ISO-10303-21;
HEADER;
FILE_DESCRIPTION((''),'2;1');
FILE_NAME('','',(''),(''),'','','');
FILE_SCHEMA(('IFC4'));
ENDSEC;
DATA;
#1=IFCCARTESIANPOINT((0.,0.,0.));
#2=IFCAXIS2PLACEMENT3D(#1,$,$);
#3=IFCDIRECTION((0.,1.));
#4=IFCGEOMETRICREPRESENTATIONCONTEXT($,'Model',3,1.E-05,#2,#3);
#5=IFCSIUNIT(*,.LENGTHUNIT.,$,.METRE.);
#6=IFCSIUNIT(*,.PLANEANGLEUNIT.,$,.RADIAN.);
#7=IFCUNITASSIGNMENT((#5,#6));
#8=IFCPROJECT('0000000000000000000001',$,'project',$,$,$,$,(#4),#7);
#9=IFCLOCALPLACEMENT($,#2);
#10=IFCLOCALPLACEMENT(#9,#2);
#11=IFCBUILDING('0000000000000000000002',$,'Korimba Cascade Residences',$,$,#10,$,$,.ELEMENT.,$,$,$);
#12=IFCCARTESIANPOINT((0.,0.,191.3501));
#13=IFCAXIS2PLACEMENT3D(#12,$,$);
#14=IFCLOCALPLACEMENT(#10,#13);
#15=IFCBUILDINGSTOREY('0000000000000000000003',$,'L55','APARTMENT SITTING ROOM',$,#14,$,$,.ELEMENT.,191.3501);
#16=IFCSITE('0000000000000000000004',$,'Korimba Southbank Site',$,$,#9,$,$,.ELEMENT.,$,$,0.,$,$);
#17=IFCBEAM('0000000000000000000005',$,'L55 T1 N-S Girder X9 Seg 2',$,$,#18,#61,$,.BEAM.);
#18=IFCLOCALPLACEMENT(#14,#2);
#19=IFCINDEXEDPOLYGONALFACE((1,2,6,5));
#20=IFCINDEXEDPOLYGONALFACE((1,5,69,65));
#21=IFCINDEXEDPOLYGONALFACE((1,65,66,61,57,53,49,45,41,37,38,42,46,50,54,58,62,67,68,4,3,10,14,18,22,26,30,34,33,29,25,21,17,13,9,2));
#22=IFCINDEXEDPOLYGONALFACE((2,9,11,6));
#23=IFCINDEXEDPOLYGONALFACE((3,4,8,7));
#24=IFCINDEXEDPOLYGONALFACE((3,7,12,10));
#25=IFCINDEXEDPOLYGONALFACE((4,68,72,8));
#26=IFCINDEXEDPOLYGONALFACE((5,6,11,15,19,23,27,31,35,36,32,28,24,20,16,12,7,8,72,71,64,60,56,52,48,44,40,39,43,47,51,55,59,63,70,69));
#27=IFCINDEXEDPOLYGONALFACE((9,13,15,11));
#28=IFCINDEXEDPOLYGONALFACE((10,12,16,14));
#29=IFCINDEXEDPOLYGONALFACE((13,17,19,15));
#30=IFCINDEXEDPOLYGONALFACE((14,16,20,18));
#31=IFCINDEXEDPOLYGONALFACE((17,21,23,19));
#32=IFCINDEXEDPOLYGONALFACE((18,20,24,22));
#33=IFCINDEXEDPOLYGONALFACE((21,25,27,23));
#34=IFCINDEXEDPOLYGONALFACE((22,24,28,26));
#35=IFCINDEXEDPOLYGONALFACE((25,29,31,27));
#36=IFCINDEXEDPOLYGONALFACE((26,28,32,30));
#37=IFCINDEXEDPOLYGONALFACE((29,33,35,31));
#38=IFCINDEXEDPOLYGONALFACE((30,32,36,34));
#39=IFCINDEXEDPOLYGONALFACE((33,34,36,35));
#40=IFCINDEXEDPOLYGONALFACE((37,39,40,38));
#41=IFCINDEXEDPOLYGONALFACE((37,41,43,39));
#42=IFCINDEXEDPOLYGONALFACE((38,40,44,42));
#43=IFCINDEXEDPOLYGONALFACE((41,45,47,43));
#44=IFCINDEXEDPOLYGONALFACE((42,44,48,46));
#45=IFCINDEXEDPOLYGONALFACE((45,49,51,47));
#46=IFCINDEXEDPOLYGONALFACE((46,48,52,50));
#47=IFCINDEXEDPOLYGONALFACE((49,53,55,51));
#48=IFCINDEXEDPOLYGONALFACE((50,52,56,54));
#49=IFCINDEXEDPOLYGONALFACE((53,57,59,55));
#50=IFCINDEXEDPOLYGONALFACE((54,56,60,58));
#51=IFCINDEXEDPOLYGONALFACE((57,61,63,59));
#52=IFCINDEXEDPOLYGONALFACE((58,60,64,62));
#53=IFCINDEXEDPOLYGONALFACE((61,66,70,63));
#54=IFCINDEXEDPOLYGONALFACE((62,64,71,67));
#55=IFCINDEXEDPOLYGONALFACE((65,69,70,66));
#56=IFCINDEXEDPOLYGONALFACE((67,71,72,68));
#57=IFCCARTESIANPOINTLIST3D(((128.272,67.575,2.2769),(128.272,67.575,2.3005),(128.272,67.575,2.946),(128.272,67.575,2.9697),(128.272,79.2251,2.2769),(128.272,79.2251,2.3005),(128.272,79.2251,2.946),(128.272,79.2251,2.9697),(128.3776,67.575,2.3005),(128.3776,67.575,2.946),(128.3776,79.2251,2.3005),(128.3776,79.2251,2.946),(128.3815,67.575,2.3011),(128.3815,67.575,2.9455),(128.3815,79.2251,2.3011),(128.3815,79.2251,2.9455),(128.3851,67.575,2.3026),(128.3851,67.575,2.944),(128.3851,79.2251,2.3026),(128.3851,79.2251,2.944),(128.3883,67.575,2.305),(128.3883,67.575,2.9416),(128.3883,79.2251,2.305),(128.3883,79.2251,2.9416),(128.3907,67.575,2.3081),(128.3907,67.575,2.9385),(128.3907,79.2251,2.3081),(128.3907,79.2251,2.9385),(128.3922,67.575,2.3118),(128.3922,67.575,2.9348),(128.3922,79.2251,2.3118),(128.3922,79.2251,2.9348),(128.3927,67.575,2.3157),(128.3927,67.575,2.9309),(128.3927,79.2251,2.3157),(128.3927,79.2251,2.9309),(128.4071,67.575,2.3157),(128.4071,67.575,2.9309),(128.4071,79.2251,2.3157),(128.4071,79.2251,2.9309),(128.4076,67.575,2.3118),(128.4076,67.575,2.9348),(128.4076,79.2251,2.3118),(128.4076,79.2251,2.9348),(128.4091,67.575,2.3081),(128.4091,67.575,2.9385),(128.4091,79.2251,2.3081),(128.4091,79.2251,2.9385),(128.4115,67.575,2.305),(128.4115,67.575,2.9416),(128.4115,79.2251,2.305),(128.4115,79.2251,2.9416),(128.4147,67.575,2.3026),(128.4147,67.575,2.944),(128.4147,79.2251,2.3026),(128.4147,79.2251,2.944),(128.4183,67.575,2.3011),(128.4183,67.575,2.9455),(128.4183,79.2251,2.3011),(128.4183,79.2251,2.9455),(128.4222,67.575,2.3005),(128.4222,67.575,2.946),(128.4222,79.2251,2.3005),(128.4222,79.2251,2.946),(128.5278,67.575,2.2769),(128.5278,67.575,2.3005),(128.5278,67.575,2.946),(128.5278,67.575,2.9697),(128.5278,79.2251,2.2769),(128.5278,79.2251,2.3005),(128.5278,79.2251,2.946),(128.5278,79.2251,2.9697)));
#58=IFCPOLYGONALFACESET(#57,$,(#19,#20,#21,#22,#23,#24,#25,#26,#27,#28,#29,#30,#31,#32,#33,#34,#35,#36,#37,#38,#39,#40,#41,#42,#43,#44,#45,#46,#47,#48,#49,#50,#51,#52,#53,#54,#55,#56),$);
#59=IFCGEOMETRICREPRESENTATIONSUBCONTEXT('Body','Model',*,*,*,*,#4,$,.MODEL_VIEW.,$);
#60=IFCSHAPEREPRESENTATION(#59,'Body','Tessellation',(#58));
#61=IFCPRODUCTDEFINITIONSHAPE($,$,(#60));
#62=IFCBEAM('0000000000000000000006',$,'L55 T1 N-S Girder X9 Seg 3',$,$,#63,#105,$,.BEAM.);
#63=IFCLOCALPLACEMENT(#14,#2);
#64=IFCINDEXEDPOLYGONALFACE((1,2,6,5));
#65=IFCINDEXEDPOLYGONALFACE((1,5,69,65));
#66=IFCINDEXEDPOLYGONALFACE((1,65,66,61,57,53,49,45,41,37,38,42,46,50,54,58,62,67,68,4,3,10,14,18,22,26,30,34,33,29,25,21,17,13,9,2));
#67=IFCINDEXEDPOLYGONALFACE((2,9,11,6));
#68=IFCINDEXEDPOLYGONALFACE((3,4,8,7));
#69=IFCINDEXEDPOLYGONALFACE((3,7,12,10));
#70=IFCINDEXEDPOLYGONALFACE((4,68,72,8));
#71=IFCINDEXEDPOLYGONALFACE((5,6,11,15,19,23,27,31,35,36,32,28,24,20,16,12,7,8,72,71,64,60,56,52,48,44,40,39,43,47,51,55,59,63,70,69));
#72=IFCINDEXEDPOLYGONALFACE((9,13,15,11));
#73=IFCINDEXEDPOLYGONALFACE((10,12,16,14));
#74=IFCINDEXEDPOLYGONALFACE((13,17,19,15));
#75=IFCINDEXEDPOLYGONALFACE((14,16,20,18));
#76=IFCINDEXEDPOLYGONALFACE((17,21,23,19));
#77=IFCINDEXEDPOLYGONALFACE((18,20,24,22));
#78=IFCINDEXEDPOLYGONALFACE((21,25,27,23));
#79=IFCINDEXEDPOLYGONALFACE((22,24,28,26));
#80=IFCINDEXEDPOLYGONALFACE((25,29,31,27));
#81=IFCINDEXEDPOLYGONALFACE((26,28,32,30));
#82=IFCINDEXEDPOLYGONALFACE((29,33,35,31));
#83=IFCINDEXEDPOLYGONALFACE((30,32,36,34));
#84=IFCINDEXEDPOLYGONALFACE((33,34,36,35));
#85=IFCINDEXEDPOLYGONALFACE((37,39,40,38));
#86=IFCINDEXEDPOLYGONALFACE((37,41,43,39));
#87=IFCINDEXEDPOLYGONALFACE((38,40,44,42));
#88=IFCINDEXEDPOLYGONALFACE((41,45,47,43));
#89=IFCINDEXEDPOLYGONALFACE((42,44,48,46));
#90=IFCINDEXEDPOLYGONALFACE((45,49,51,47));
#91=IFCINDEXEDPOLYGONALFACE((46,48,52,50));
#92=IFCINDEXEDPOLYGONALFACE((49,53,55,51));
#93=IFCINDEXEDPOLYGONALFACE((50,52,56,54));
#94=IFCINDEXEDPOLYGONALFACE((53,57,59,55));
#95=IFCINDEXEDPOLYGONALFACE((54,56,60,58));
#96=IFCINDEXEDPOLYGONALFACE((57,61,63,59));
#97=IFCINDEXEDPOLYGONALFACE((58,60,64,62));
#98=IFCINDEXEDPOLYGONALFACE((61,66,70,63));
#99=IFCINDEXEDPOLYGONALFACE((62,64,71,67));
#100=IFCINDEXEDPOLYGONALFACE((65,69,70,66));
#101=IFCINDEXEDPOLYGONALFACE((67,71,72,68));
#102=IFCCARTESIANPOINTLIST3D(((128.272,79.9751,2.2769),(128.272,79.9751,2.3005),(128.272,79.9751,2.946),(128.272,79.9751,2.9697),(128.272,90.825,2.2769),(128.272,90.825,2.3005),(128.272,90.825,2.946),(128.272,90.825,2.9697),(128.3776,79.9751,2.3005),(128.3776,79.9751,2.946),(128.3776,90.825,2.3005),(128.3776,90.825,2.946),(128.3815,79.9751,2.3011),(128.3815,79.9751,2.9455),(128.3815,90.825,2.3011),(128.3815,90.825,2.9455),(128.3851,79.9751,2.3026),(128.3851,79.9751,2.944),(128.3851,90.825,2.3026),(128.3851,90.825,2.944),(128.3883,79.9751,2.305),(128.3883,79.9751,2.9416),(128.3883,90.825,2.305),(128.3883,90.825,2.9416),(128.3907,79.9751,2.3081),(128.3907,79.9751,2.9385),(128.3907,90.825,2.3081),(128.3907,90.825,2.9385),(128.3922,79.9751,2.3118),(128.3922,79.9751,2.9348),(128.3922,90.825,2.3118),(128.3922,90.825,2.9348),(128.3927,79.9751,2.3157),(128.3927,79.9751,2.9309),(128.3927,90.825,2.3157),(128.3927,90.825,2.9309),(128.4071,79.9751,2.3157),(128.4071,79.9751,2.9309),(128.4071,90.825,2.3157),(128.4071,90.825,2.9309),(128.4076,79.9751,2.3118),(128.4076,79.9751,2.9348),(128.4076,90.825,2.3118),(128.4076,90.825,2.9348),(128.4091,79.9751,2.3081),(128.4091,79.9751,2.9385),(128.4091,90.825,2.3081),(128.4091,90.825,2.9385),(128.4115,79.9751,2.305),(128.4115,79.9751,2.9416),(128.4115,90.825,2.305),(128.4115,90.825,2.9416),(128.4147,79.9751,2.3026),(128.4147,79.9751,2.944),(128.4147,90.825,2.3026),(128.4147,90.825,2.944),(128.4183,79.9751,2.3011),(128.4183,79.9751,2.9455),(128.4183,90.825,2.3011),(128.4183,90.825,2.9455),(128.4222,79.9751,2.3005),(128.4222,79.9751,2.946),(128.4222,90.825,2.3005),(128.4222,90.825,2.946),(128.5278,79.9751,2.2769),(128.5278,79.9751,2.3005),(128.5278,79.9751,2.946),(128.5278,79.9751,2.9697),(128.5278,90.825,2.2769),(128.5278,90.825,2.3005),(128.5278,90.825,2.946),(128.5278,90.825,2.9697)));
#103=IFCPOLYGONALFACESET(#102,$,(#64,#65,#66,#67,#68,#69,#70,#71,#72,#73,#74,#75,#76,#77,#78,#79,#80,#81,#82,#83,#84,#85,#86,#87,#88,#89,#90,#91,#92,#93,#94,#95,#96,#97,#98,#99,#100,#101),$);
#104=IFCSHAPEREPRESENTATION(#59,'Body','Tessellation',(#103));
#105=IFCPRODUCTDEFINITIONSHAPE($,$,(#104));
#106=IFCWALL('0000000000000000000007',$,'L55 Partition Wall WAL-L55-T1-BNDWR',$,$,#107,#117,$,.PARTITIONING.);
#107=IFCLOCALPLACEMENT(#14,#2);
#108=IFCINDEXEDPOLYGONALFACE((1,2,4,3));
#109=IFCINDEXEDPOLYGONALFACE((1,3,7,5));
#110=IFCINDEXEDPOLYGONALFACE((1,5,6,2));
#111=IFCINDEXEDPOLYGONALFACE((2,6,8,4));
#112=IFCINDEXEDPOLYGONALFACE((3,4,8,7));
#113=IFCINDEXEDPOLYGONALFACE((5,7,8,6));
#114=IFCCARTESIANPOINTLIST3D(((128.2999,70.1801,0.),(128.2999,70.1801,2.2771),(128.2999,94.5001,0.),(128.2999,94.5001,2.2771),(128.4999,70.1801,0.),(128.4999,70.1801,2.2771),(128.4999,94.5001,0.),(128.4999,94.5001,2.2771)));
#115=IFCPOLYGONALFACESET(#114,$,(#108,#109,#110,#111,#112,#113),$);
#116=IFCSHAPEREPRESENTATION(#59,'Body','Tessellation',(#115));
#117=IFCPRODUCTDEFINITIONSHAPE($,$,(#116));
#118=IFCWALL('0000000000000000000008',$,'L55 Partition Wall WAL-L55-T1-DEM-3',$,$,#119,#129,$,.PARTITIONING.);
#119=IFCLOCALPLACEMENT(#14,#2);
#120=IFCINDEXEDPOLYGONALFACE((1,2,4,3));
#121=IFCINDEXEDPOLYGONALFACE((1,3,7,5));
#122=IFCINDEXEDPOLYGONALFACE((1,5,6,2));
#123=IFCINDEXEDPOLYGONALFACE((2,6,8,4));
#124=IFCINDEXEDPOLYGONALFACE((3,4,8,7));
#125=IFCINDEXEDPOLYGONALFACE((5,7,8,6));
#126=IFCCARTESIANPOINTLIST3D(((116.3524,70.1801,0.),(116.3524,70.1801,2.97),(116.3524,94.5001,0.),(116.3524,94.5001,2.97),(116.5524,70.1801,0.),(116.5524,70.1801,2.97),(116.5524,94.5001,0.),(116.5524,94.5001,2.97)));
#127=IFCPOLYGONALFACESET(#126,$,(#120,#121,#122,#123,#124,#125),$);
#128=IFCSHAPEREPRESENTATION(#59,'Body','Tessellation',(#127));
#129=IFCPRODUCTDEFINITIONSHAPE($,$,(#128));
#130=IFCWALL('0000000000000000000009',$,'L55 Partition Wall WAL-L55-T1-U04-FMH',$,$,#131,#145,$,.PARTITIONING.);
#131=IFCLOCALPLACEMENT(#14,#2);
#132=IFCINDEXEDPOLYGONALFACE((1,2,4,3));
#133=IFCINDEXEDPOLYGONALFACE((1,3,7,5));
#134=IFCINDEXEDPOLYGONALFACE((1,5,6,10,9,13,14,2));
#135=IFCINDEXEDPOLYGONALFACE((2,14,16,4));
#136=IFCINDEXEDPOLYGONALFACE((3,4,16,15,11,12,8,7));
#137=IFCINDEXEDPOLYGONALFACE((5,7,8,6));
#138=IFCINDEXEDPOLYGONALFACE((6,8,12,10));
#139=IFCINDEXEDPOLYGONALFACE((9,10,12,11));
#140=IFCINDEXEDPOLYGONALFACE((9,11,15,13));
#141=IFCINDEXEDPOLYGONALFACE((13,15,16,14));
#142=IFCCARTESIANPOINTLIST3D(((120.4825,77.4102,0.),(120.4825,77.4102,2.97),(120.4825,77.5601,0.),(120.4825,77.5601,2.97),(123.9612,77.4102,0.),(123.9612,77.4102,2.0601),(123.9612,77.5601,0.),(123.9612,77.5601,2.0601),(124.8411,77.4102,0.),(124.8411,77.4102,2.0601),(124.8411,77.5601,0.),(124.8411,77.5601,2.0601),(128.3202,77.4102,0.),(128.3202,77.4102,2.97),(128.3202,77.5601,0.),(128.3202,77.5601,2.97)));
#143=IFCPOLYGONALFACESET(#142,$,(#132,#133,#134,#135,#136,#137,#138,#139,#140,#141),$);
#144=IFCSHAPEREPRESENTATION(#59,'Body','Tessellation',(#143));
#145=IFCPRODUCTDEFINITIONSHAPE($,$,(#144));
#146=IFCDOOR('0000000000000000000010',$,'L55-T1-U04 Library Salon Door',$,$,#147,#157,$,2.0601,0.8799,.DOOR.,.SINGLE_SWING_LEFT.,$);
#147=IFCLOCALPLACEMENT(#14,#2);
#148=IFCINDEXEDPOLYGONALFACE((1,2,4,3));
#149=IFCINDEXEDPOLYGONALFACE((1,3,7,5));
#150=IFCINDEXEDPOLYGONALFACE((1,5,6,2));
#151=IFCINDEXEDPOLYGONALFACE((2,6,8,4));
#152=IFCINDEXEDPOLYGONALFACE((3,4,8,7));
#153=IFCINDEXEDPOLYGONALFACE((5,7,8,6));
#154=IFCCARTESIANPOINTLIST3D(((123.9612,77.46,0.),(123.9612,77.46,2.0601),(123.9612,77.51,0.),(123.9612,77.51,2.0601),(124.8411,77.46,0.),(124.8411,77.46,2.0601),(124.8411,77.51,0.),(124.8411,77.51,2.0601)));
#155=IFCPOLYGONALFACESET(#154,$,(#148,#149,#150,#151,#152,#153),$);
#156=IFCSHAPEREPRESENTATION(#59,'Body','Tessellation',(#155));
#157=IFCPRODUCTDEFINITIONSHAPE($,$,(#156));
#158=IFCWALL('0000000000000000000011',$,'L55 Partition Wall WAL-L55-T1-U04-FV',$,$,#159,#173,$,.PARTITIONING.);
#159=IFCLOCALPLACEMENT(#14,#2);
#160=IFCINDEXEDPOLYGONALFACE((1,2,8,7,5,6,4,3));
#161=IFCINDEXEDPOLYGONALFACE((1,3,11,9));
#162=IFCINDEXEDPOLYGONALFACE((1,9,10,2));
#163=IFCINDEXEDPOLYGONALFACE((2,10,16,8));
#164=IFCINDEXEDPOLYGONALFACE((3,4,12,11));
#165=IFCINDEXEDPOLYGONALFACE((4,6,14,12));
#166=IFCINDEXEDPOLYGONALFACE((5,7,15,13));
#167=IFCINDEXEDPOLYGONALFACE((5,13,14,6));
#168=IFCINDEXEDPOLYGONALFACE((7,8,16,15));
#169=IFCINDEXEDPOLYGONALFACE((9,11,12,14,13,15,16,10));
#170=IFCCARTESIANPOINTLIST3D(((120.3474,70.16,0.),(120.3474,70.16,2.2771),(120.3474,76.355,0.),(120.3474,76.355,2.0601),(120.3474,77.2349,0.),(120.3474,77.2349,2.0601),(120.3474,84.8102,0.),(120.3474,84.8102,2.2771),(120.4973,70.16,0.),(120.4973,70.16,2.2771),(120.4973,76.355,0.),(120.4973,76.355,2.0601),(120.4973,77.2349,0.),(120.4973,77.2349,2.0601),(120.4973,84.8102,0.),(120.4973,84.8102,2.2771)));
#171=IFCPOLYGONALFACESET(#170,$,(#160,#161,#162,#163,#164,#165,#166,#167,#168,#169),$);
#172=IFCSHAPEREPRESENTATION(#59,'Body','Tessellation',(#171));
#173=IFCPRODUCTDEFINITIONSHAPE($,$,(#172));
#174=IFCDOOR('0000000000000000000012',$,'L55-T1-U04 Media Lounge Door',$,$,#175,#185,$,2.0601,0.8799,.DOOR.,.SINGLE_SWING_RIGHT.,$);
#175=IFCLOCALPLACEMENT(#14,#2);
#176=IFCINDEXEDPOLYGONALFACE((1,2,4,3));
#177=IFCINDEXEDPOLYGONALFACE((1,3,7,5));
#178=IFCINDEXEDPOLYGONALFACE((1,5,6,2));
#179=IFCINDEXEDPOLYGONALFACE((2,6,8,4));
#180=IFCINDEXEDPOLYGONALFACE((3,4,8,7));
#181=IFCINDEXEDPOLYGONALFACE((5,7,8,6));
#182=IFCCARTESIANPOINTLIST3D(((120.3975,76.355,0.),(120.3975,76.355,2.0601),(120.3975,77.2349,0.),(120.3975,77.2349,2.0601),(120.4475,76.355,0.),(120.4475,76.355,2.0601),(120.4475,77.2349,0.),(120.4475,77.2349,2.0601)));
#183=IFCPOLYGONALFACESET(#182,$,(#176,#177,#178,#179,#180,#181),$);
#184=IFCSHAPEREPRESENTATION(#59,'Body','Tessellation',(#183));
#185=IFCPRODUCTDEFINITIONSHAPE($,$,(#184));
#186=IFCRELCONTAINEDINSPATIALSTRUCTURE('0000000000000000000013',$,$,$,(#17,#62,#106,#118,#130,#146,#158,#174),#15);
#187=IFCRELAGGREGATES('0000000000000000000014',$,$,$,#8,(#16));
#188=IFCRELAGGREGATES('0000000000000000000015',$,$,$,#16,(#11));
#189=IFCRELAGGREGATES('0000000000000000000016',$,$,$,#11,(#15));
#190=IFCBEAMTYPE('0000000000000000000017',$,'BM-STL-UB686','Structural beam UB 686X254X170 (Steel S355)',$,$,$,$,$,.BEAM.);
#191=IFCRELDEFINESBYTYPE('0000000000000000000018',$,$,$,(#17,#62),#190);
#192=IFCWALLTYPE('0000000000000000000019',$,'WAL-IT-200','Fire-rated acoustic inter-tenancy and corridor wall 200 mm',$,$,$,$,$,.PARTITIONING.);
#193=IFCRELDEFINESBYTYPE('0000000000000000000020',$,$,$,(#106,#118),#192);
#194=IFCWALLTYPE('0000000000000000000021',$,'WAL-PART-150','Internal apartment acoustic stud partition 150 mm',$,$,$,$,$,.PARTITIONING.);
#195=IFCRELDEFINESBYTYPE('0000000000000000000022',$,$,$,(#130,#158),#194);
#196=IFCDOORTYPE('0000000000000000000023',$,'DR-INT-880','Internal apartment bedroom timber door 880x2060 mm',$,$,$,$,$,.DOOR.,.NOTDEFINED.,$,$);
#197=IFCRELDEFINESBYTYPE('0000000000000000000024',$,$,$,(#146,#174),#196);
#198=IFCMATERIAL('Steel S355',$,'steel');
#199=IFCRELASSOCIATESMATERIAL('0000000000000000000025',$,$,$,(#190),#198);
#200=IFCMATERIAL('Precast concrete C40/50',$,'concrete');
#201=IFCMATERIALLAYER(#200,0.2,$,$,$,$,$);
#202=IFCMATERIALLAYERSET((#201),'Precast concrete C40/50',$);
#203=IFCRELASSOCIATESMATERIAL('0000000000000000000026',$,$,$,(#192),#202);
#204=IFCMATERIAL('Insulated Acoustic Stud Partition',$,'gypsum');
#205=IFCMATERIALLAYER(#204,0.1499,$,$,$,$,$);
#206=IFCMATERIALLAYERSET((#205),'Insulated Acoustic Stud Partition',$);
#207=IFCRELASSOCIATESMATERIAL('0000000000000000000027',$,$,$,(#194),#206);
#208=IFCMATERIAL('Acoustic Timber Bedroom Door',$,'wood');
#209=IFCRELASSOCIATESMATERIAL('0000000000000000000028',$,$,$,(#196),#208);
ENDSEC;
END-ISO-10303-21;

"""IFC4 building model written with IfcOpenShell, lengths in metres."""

from ifc_helpers import new_model, si_unit, direction, frame, frame_2d, origin, origin_2d, place, context, subcontext, project, spatial, rectangle, i_section, extrude, material, layer, layer_set, material_profile, profile_set, type_object, element, fill, save


model = new_model("IFC4")

# Units and contexts
model_context = context("Model", 3, precision=1e-05, world=origin(), true_north=direction((0.0, 1.0)))
body_context = subcontext(model_context, "Body", "Model", "MODEL_VIEW")
ifc_project = project(units=[si_unit("LENGTHUNIT", "METRE"), si_unit("PLANEANGLEUNIT", "RADIAN")], contexts=[model_context])

# Site, building, storey
site_placement = place(None, origin())
site = spatial("IfcSite", under=ifc_project, at=site_placement, Name="Korimba Southbank Site", CompositionType="ELEMENT", RefElevation=0.0)
building_placement = place(site_placement, origin())
building = spatial("IfcBuilding", under=site, at=building_placement, Name="Korimba Cascade Residences", CompositionType="ELEMENT")
storey_placement = place(building_placement, frame((0.0, 0.0, 191.3501)))
storey = spatial("IfcBuildingStorey", under=building, at=storey_placement, Name="L55", Description="APARTMENT SITTING ROOM", CompositionType="ELEMENT", Elevation=191.3501)

# Beams
ifc_material_1 = material(Name="Steel S355", Category="steel")
ifc_material_profile_1 = material_profile(ifc_material_1, i_section(OverallWidth=0.2559, OverallDepth=0.6929, WebThickness=0.0144, FlangeThickness=0.0237, FilletRadius=0.0151, at=origin_2d()), Name="Steel S355")
ifc_profile_set_1 = profile_set([ifc_material_profile_1], Name="Steel S355")
beam_type_1 = type_object("IfcBeamType", Name="BM-STL-UB686", Description="Structural beam UB 686X254X170 (Steel S355)", PredefinedType="BEAM", material=ifc_profile_set_1)
beam_1_placement = place(storey_placement, frame((128.3999, 67.575, 2.6233), z_axis=(0.0, 1.0, 0.0), x_axis=(-1.0, 0.0, 0.0)))
element("IfcBeam", 1, at=beam_1_placement, inside=storey, type_object=beam_type_1, Name="L55 T1 N-S Girder X9 Seg 2", PredefinedType="BEAM", context=body_context, shape_type="SweptSolid", body=[
    extrude(i_section(OverallWidth=0.2559, OverallDepth=0.6929, WebThickness=0.0144, FlangeThickness=0.0237, FilletRadius=0.0151, at=origin_2d()), origin(), (0.0, 0.0, 1.0), 11.6501),
])
beam_2_placement = place(storey_placement, frame((128.3999, 79.9751, 2.6233), z_axis=(0.0, 1.0, 0.0), x_axis=(-1.0, 0.0, 0.0)))
element("IfcBeam", 2, at=beam_2_placement, inside=storey, type_object=beam_type_1, Name="L55 T1 N-S Girder X9 Seg 3", PredefinedType="BEAM", context=body_context, shape_type="SweptSolid", body=[
    extrude(i_section(OverallWidth=0.2559, OverallDepth=0.6929, WebThickness=0.0144, FlangeThickness=0.0237, FilletRadius=0.0151, at=origin_2d()), origin(), (0.0, 0.0, 1.0), 10.8499),
])

# Walls
ifc_material_2 = material(Name="Precast concrete C40/50", Category="concrete")
ifc_layer_1 = layer(ifc_material_2, 0.2)
ifc_layer_set_1 = layer_set([ifc_layer_1], Name="Precast concrete C40/50")
wall_type_1 = type_object("IfcWallType", Name="WAL-IT-200", Description="Fire-rated acoustic inter-tenancy and corridor wall 200 mm", PredefinedType="PARTITIONING", material=ifc_layer_set_1)
wall_1_placement = place(storey_placement, frame((128.3999, 70.1799, 0.0), z_axis=(0.0, 0.0, 1.0), x_axis=(0.0, 1.0, 0.0)))
element("IfcWall", 3, at=wall_1_placement, inside=storey, type_object=wall_type_1, Name="L55 Partition Wall WAL-L55-T1-BNDWR", PredefinedType="PARTITIONING", context=body_context, shape_type="SweptSolid", body=[
    extrude(rectangle(XDim=24.3201, YDim=0.2, at=frame_2d((12.1602, 0.0))), origin(), (0.0, 0.0, 1.0), 2.2771),
])
wall_2_placement = place(storey_placement, frame((116.4524, 70.1799, 0.0), z_axis=(0.0, 0.0, 1.0), x_axis=(0.0, 1.0, 0.0)))
element("IfcWall", 4, at=wall_2_placement, inside=storey, type_object=wall_type_1, Name="L55 Partition Wall WAL-L55-T1-DEM-3", PredefinedType="PARTITIONING", context=body_context, shape_type="SweptSolid", body=[
    extrude(rectangle(XDim=24.3201, YDim=0.2, at=frame_2d((12.1602, 0.0))), origin(), (0.0, 0.0, 1.0), 2.97),
])

# Walls, openings, doors
ifc_material_3 = material(Name="Insulated Acoustic Stud Partition", Category="gypsum")
ifc_layer_2 = layer(ifc_material_3, 0.1499)
ifc_layer_set_2 = layer_set([ifc_layer_2], Name="Insulated Acoustic Stud Partition")
wall_type_2 = type_object("IfcWallType", Name="WAL-PART-150", Description="Internal apartment acoustic stud partition 150 mm", PredefinedType="PARTITIONING", material=ifc_layer_set_2)
wall_3_placement = place(storey_placement, frame((120.4824, 77.4851, 0.0), z_axis=(0.0, 0.0, 1.0), x_axis=(1.0, 0.0, 0.0)))
wall_3 = element("IfcWall", 5, at=wall_3_placement, inside=storey, type_object=wall_type_2, Name="L55 Partition Wall WAL-L55-T1-U04-FMH", PredefinedType="PARTITIONING", context=body_context, shape_type="SweptSolid", body=[
    extrude(rectangle(XDim=7.8376, YDim=0.1499, at=frame_2d((3.9189, 0.0))), origin(), (0.0, 0.0, 1.0), 2.97),
])
opening_1_placement = place(wall_3_placement, frame((3.4788, 0.0, 0.0)))
opening_1 = element("IfcOpeningElement", 6, at=opening_1_placement, cuts=wall_3, PredefinedType="OPENING", context=body_context, shape_type="SweptSolid", body=[
    extrude(rectangle(XDim=0.8799, YDim=2.0601, at=frame_2d((0.4399, 1.03))), frame((0.0, 0.085, 0.0), z_axis=(0.0, -1.0, 0.0), x_axis=(1.0, 0.0, 0.0)), (0.0, 0.0, 1.0), 0.1699),
])
ifc_material_4 = material(Name="Acoustic Timber Bedroom Door", Category="wood")
door_type_1 = type_object("IfcDoorType", Name="DR-INT-880", Description="Internal apartment bedroom timber door 880x2060 mm", OperationType="NOTDEFINED", PredefinedType="DOOR", material=ifc_material_4)
door_1_placement = place(opening_1_placement, origin())
door_1 = element("IfcDoor", 7, at=door_1_placement, inside=storey, type_object=door_type_1, Name="L55-T1-U04 Library Salon Door", OperationType="SINGLE_SWING_LEFT", OverallHeight=2.0601, OverallWidth=0.8799, PredefinedType="DOOR", context=body_context, shape_type="SweptSolid", body=[
    extrude(rectangle(XDim=0.8799, YDim=2.0601, at=frame_2d((0.4399, 1.03))), frame((0.0, 0.0249, 0.0), z_axis=(0.0, -1.0, 0.0), x_axis=(1.0, 0.0, 0.0)), (0.0, 0.0, 1.0), 0.05),
])
fill(opening_1, door_1)
wall_4_placement = place(storey_placement, frame((120.4224, 70.1599, 0.0), z_axis=(0.0, 0.0, 1.0), x_axis=(0.0, 1.0, 0.0)))
wall_4 = element("IfcWall", 8, at=wall_4_placement, inside=storey, type_object=wall_type_2, Name="L55 Partition Wall WAL-L55-T1-U04-FV", PredefinedType="PARTITIONING", context=body_context, shape_type="SweptSolid", body=[
    extrude(rectangle(XDim=14.6501, YDim=0.1499, at=frame_2d((7.3252, 0.0))), origin(), (0.0, 0.0, 1.0), 2.2771),
])
opening_2_placement = place(wall_4_placement, frame((6.1951, 0.0, 0.0)))
opening_2 = element("IfcOpeningElement", 9, at=opening_2_placement, cuts=wall_4, PredefinedType="OPENING", context=body_context, shape_type="SweptSolid", body=[
    extrude(rectangle(XDim=0.8799, YDim=2.0601, at=frame_2d((0.4399, 1.03))), frame((0.0, 0.085, 0.0), z_axis=(0.0, -1.0, 0.0), x_axis=(1.0, 0.0, 0.0)), (0.0, 0.0, 1.0), 0.1699),
])
door_2_placement = place(opening_2_placement, origin())
door_2 = element("IfcDoor", 10, at=door_2_placement, inside=storey, type_object=door_type_1, Name="L55-T1-U04 Media Lounge Door", OperationType="SINGLE_SWING_RIGHT", OverallHeight=2.0601, OverallWidth=0.8799, PredefinedType="DOOR", context=body_context, shape_type="SweptSolid", body=[
    extrude(rectangle(XDim=0.8799, YDim=2.0601, at=frame_2d((0.4399, 1.03))), frame((0.0, 0.0249, 0.0), z_axis=(0.0, -1.0, 0.0), x_axis=(1.0, 0.0, 0.0)), (0.0, 0.0, 1.0), 0.05),
])
fill(opening_2, door_2)

save(model, "model.ifc")
